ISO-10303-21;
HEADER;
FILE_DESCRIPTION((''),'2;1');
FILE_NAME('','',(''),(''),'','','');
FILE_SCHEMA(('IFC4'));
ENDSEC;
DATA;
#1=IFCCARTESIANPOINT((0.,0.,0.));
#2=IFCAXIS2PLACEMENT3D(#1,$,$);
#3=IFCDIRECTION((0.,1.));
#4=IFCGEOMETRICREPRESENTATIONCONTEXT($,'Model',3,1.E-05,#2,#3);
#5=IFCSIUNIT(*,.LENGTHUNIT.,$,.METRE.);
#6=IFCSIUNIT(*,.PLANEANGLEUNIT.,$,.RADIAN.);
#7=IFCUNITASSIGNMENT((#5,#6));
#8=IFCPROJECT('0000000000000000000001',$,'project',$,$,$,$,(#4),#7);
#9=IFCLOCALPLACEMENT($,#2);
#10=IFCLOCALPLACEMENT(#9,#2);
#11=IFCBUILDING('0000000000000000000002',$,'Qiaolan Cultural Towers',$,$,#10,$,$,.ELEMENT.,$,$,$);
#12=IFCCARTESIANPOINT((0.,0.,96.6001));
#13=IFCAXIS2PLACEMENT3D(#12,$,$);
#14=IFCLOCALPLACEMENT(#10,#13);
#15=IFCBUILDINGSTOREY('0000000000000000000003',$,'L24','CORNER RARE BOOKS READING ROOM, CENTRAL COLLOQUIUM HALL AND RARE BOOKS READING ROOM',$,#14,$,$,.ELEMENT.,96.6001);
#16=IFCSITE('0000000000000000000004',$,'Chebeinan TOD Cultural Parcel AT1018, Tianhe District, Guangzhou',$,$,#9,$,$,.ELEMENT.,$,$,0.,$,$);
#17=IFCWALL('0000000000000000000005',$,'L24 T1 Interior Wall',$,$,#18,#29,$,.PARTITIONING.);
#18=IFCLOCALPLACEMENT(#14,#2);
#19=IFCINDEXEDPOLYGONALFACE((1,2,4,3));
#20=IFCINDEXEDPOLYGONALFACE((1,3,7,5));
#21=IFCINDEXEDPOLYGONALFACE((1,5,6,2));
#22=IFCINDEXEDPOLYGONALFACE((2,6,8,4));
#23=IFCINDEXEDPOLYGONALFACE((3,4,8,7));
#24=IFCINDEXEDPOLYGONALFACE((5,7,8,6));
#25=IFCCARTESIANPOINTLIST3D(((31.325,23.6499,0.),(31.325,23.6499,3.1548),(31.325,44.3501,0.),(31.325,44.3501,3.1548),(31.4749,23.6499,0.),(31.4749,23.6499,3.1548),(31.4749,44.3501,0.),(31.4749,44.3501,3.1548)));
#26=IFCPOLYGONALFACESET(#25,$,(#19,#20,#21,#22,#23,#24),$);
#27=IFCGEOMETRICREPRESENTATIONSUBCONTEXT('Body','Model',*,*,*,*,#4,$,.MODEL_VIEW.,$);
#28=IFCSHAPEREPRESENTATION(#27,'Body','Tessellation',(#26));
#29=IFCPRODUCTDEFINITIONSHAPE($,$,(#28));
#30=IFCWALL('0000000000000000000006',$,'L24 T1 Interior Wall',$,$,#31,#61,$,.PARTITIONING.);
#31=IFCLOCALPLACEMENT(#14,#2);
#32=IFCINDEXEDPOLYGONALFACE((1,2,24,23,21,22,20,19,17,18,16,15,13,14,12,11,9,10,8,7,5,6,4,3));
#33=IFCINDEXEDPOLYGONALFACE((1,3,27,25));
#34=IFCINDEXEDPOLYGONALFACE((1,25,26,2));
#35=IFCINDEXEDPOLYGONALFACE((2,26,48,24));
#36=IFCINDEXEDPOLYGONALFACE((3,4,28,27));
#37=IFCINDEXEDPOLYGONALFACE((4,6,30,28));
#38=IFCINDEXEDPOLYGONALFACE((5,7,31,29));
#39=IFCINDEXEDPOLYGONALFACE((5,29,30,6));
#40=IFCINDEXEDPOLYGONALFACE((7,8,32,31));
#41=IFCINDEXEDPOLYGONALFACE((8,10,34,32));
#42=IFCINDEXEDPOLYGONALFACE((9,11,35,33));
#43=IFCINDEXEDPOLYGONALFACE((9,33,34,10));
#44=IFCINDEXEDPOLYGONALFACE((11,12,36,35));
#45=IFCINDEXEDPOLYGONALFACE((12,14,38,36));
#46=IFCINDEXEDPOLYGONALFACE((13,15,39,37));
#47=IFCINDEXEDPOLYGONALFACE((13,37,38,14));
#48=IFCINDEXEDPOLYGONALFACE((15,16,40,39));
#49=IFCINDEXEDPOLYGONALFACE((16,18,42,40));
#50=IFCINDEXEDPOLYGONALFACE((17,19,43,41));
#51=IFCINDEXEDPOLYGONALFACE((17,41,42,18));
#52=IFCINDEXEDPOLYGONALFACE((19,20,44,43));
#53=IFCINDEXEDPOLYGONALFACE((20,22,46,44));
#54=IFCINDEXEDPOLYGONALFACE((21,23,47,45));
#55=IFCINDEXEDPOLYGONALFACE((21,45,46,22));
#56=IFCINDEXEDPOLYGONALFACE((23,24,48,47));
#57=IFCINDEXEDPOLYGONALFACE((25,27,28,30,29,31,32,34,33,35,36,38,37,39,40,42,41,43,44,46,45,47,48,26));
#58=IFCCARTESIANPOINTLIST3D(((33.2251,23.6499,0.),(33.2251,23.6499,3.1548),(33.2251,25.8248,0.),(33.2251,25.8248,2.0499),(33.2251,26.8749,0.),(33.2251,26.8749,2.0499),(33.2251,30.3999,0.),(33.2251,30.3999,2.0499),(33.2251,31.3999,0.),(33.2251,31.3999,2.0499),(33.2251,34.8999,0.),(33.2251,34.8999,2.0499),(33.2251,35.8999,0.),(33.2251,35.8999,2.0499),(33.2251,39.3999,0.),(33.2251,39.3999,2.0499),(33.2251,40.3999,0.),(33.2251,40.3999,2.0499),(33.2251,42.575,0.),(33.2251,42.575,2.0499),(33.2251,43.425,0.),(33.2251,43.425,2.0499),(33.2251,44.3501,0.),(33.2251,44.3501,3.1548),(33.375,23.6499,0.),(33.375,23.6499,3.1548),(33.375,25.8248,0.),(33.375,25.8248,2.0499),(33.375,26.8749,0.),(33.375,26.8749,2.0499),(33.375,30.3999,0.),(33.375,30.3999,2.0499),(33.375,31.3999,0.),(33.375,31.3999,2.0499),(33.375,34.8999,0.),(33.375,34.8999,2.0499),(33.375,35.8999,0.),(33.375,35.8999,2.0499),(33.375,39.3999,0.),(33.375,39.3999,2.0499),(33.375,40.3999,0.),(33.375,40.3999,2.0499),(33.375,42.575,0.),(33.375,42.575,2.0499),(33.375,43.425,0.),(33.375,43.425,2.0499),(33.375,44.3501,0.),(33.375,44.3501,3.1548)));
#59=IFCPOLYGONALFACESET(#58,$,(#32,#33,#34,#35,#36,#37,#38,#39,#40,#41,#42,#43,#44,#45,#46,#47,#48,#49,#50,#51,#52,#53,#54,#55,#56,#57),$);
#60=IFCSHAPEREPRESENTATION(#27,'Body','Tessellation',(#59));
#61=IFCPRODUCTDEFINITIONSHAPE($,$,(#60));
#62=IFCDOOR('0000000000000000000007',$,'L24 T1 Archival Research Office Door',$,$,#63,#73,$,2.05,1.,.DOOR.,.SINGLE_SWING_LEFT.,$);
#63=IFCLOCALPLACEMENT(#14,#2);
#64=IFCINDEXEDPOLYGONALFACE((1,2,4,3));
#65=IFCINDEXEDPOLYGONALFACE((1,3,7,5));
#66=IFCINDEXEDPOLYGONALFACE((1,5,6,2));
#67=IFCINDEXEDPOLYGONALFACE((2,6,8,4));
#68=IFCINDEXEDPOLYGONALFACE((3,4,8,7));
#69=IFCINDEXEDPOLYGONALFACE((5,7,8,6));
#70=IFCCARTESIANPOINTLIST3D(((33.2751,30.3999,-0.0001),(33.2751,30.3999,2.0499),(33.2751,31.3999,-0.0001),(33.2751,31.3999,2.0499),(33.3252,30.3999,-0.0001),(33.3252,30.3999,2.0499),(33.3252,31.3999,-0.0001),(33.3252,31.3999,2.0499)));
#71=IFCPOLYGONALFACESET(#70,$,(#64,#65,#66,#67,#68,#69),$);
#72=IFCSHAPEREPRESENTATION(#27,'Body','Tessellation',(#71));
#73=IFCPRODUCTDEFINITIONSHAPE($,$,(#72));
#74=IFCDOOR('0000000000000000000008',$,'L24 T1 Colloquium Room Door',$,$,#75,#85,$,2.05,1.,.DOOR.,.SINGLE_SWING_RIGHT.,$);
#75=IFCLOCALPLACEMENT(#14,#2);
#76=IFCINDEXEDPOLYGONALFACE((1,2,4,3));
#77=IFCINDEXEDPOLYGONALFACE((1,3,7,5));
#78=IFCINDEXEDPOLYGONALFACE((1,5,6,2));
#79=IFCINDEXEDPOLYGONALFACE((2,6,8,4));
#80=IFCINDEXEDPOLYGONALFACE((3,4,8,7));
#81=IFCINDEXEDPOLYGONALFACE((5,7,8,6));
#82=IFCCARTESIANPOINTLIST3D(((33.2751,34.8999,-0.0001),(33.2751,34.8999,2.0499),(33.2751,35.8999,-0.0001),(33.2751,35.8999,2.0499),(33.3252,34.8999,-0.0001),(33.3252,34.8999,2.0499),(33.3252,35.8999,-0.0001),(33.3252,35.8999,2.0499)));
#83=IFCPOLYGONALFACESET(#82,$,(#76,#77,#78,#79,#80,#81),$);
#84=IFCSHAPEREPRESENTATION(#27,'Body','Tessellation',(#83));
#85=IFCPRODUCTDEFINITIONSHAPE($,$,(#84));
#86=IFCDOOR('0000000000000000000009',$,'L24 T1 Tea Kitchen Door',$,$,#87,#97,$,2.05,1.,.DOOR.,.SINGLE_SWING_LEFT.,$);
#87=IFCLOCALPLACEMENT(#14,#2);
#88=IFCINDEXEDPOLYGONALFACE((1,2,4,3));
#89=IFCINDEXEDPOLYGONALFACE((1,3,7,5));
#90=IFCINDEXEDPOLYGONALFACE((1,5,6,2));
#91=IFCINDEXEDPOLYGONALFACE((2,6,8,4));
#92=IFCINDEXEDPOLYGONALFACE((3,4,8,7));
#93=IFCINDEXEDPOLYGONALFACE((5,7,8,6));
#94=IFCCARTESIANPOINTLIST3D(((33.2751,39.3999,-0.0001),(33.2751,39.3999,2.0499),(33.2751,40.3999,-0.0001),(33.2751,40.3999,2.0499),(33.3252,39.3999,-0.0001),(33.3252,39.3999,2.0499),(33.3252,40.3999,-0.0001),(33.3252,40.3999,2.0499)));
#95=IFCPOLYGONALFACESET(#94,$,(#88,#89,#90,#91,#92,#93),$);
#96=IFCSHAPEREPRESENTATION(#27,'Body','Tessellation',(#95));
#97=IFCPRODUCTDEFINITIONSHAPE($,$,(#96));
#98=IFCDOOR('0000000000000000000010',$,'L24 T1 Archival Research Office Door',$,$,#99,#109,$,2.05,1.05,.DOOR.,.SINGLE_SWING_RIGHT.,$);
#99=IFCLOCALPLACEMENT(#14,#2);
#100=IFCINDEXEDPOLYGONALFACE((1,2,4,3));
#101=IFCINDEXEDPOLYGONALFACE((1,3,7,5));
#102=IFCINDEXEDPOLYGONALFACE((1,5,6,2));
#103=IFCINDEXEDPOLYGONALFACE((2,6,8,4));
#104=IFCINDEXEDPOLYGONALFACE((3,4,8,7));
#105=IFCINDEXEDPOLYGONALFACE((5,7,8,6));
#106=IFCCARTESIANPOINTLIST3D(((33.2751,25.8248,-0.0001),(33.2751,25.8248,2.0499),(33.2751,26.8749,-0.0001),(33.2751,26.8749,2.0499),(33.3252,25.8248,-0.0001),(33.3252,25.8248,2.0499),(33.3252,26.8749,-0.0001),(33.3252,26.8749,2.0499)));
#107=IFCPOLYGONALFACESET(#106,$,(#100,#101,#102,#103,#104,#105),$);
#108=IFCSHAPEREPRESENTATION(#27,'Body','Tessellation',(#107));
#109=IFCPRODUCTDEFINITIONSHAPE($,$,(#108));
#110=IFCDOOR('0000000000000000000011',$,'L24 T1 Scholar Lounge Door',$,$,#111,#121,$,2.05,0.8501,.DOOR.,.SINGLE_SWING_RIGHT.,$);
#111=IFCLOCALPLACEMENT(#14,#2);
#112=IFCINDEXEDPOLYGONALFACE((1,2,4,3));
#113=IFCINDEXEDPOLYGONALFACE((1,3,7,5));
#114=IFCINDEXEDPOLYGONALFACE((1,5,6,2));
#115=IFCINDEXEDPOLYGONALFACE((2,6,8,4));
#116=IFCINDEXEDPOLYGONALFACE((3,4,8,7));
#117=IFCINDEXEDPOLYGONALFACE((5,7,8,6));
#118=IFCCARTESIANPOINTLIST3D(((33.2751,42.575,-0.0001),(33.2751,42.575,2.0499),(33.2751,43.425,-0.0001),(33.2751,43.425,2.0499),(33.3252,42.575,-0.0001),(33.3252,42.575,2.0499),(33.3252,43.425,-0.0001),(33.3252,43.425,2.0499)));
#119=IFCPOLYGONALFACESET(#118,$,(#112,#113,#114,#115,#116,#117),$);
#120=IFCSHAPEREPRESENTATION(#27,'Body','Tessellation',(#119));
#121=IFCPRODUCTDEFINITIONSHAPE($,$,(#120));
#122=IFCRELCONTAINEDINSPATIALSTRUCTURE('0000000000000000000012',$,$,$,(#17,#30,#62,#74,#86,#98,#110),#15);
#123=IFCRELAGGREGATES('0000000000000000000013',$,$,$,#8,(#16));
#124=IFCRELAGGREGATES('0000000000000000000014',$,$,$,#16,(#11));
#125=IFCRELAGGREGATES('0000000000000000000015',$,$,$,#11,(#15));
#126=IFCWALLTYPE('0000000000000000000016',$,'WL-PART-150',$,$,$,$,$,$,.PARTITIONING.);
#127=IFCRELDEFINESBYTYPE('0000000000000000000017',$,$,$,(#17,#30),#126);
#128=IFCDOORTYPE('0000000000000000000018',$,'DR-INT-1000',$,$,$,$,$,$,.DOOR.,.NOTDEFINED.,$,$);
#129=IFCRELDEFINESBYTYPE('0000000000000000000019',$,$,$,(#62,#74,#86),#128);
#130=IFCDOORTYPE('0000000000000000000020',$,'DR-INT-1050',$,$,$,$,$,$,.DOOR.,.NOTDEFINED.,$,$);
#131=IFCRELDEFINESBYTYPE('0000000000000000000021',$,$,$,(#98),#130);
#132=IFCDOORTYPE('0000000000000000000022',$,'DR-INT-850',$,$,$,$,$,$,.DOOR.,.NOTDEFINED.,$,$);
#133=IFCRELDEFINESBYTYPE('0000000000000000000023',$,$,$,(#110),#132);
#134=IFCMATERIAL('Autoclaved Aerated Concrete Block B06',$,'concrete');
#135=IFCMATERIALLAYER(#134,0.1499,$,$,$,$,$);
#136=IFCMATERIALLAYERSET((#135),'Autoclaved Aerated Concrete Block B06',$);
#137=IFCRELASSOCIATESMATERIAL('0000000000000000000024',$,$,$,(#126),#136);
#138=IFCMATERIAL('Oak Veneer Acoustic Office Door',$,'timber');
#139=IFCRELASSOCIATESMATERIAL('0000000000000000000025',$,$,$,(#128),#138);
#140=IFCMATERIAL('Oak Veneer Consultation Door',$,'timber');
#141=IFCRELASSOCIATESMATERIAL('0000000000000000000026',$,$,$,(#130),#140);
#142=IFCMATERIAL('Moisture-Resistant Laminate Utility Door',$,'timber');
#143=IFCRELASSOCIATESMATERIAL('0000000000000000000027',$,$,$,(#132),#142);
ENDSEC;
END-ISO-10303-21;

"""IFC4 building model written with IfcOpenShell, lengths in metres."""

from ifc_helpers import new_model, si_unit, direction, frame, frame_2d, origin, place, context, subcontext, project, spatial, rectangle, extrude, material, layer, layer_set, type_object, element, fill, save


model = new_model("IFC4")

# Units and contexts
model_context = context("Model", 3, precision=1e-05, world=origin(), true_north=direction((0.0, 1.0)))
body_context = subcontext(model_context, "Body", "Model", "MODEL_VIEW")
ifc_project = project(units=[si_unit("LENGTHUNIT", "METRE"), si_unit("PLANEANGLEUNIT", "RADIAN")], contexts=[model_context])

# Site, building, storey
site_placement = place(None, origin())
site = spatial("IfcSite", under=ifc_project, at=site_placement, Name="Chebeinan TOD Cultural Parcel AT1018, Tianhe District, Guangzhou", CompositionType="ELEMENT", RefElevation=0.0)
building_placement = place(site_placement, origin())
building = spatial("IfcBuilding", under=site, at=building_placement, Name="Qiaolan Cultural Towers", CompositionType="ELEMENT")
storey_placement = place(building_placement, frame((0.0, 0.0, 96.6001)))
storey = spatial("IfcBuildingStorey", under=building, at=storey_placement, Name="L24", Description="CORNER RARE BOOKS READING ROOM, CENTRAL COLLOQUIUM HALL AND RARE BOOKS READING ROOM", CompositionType="ELEMENT", Elevation=96.6001)

# Shared definitions
ifc_material_1 = material(Name="Autoclaved Aerated Concrete Block B06", Category="concrete")
ifc_layer_1 = layer(ifc_material_1, 0.1499)
ifc_layer_set_1 = layer_set([ifc_layer_1], Name="Autoclaved Aerated Concrete Block B06")
wall_type_1 = type_object("IfcWallType", Name="WL-PART-150", PredefinedType="PARTITIONING", material=ifc_layer_set_1)

# Shared definitions
ifc_material_2 = material(Name="Oak Veneer Acoustic Office Door", Category="timber")
door_type_1 = type_object("IfcDoorType", Name="DR-INT-1000", OperationType="NOTDEFINED", PredefinedType="DOOR", material=ifc_material_2)

# Wall
wall_1_placement = place(storey_placement, frame((31.3999, 23.6499, 0.0), z_axis=(0.0, 0.0, 1.0), x_axis=(0.0, 1.0, 0.0)))
element("IfcWall", 1, at=wall_1_placement, inside=storey, type_object=wall_type_1, Name="L24 T1 Interior Wall", PredefinedType="PARTITIONING", context=body_context, shape_type="SweptSolid", body=[
    extrude(rectangle(XDim=20.7002, YDim=0.1499, at=frame_2d((10.3501, 0.0))), origin(), (0.0, 0.0, 1.0), 3.1548),
])

# Wall, openings, doors
wall_2_placement = place(storey_placement, frame((33.3, 23.6499, 0.0), z_axis=(0.0, 0.0, 1.0), x_axis=(0.0, 1.0, 0.0)))
wall_2 = element("IfcWall", 2, at=wall_2_placement, inside=storey, type_object=wall_type_1, Name="L24 T1 Interior Wall", PredefinedType="PARTITIONING", context=body_context, shape_type="SweptSolid", body=[
    extrude(rectangle(XDim=20.7002, YDim=0.1499, at=frame_2d((10.3501, 0.0))), origin(), (0.0, 0.0, 1.0), 3.1548),
])
opening_1_placement = place(wall_2_placement, frame((2.175, 0.0, 0.0)))
opening_1 = element("IfcOpeningElement", 3, at=opening_1_placement, cuts=wall_2, PredefinedType="OPENING", context=body_context, shape_type="SweptSolid", body=[
    extrude(rectangle(XDim=1.05, YDim=2.05, at=frame_2d((0.5249, 1.0249))), frame((0.0, 0.085, 0.0), z_axis=(0.0, -1.0, 0.0), x_axis=(1.0, 0.0, 0.0)), (0.0, 0.0, 1.0), 0.1699),
])
opening_2_placement = place(wall_2_placement, frame((6.75, 0.0, 0.0)))
opening_2 = element("IfcOpeningElement", 4, at=opening_2_placement, cuts=wall_2, PredefinedType="OPENING", context=body_context, shape_type="SweptSolid", body=[
    extrude(rectangle(XDim=1.0, YDim=2.05, at=frame_2d((0.5, 1.0249))), frame((0.0, 0.085, 0.0), z_axis=(0.0, -1.0, 0.0), x_axis=(1.0, 0.0, 0.0)), (0.0, 0.0, 1.0), 0.1699),
])
opening_3_placement = place(wall_2_placement, frame((11.25, 0.0, 0.0)))
opening_3 = element("IfcOpeningElement", 5, at=opening_3_placement, cuts=wall_2, PredefinedType="OPENING", context=body_context, shape_type="SweptSolid", body=[
    extrude(rectangle(XDim=1.0, YDim=2.05, at=frame_2d((0.5, 1.0249))), frame((0.0, 0.085, 0.0), z_axis=(0.0, -1.0, 0.0), x_axis=(1.0, 0.0, 0.0)), (0.0, 0.0, 1.0), 0.1699),
])
opening_4_placement = place(wall_2_placement, frame((15.75, 0.0, 0.0)))
opening_4 = element("IfcOpeningElement", 6, at=opening_4_placement, cuts=wall_2, PredefinedType="OPENING", context=body_context, shape_type="SweptSolid", body=[
    extrude(rectangle(XDim=1.0, YDim=2.05, at=frame_2d((0.5, 1.0249))), frame((0.0, 0.085, 0.0), z_axis=(0.0, -1.0, 0.0), x_axis=(1.0, 0.0, 0.0)), (0.0, 0.0, 1.0), 0.1699),
])
opening_5_placement = place(wall_2_placement, frame((18.925, 0.0, 0.0)))
opening_5 = element("IfcOpeningElement", 7, at=opening_5_placement, cuts=wall_2, PredefinedType="OPENING", context=body_context, shape_type="SweptSolid", body=[
    extrude(rectangle(XDim=0.8501, YDim=2.05, at=frame_2d((0.425, 1.0249))), frame((0.0, 0.085, 0.0), z_axis=(0.0, -1.0, 0.0), x_axis=(1.0, 0.0, 0.0)), (0.0, 0.0, 1.0), 0.1699),
])
door_1_placement = place(opening_2_placement, origin())
door_1 = element("IfcDoor", 8, at=door_1_placement, inside=storey, type_object=door_type_1, Name="L24 T1 Archival Research Office Door", OperationType="SINGLE_SWING_LEFT", OverallHeight=2.05, OverallWidth=1.0, PredefinedType="DOOR", context=body_context, shape_type="SweptSolid", body=[
    extrude(rectangle(XDim=1.0, YDim=2.05, at=frame_2d((0.5, 1.0249))), frame((0.0, 0.0249, 0.0), z_axis=(0.0, -1.0, 0.0), x_axis=(1.0, 0.0, 0.0)), (0.0, 0.0, 1.0), 0.05),
])
fill(opening_2, door_1)
door_2_placement = place(opening_3_placement, origin())
door_2 = element("IfcDoor", 9, at=door_2_placement, inside=storey, type_object=door_type_1, Name="L24 T1 Colloquium Room Door", OperationType="SINGLE_SWING_RIGHT", OverallHeight=2.05, OverallWidth=1.0, PredefinedType="DOOR", context=body_context, shape_type="SweptSolid", body=[
    extrude(rectangle(XDim=1.0, YDim=2.05, at=frame_2d((0.5, 1.0249))), frame((0.0, 0.0249, 0.0), z_axis=(0.0, -1.0, 0.0), x_axis=(1.0, 0.0, 0.0)), (0.0, 0.0, 1.0), 0.05),
])
fill(opening_3, door_2)
door_3_placement = place(opening_4_placement, origin())
door_3 = element("IfcDoor", 10, at=door_3_placement, inside=storey, type_object=door_type_1, Name="L24 T1 Tea Kitchen Door", OperationType="SINGLE_SWING_LEFT", OverallHeight=2.05, OverallWidth=1.0, PredefinedType="DOOR", context=body_context, shape_type="SweptSolid", body=[
    extrude(rectangle(XDim=1.0, YDim=2.05, at=frame_2d((0.5, 1.0249))), frame((0.0, 0.0249, 0.0), z_axis=(0.0, -1.0, 0.0), x_axis=(1.0, 0.0, 0.0)), (0.0, 0.0, 1.0), 0.05),
])
fill(opening_4, door_3)
ifc_material_3 = material(Name="Oak Veneer Consultation Door", Category="timber")
door_type_2 = type_object("IfcDoorType", Name="DR-INT-1050", OperationType="NOTDEFINED", PredefinedType="DOOR", material=ifc_material_3)
door_4_placement = place(opening_1_placement, origin())
door_4 = element("IfcDoor", 11, at=door_4_placement, inside=storey, type_object=door_type_2, Name="L24 T1 Archival Research Office Door", OperationType="SINGLE_SWING_RIGHT", OverallHeight=2.05, OverallWidth=1.05, PredefinedType="DOOR", context=body_context, shape_type="SweptSolid", body=[
    extrude(rectangle(XDim=1.05, YDim=2.05, at=frame_2d((0.5249, 1.0249))), frame((0.0, 0.0249, 0.0), z_axis=(0.0, -1.0, 0.0), x_axis=(1.0, 0.0, 0.0)), (0.0, 0.0, 1.0), 0.05),
])
fill(opening_1, door_4)
ifc_material_4 = material(Name="Moisture-Resistant Laminate Utility Door", Category="timber")
door_type_3 = type_object("IfcDoorType", Name="DR-INT-850", OperationType="NOTDEFINED", PredefinedType="DOOR", material=ifc_material_4)
door_5_placement = place(opening_5_placement, origin())
door_5 = element("IfcDoor", 12, at=door_5_placement, inside=storey, type_object=door_type_3, Name="L24 T1 Scholar Lounge Door", OperationType="SINGLE_SWING_RIGHT", OverallHeight=2.05, OverallWidth=0.8501, PredefinedType="DOOR", context=body_context, shape_type="SweptSolid", body=[
    extrude(rectangle(XDim=0.8501, YDim=2.05, at=frame_2d((0.425, 1.0249))), frame((0.0, 0.0249, 0.0), z_axis=(0.0, -1.0, 0.0), x_axis=(1.0, 0.0, 0.0)), (0.0, 0.0, 1.0), 0.05),
])
fill(opening_5, door_5)

save(model, "model.ifc")
